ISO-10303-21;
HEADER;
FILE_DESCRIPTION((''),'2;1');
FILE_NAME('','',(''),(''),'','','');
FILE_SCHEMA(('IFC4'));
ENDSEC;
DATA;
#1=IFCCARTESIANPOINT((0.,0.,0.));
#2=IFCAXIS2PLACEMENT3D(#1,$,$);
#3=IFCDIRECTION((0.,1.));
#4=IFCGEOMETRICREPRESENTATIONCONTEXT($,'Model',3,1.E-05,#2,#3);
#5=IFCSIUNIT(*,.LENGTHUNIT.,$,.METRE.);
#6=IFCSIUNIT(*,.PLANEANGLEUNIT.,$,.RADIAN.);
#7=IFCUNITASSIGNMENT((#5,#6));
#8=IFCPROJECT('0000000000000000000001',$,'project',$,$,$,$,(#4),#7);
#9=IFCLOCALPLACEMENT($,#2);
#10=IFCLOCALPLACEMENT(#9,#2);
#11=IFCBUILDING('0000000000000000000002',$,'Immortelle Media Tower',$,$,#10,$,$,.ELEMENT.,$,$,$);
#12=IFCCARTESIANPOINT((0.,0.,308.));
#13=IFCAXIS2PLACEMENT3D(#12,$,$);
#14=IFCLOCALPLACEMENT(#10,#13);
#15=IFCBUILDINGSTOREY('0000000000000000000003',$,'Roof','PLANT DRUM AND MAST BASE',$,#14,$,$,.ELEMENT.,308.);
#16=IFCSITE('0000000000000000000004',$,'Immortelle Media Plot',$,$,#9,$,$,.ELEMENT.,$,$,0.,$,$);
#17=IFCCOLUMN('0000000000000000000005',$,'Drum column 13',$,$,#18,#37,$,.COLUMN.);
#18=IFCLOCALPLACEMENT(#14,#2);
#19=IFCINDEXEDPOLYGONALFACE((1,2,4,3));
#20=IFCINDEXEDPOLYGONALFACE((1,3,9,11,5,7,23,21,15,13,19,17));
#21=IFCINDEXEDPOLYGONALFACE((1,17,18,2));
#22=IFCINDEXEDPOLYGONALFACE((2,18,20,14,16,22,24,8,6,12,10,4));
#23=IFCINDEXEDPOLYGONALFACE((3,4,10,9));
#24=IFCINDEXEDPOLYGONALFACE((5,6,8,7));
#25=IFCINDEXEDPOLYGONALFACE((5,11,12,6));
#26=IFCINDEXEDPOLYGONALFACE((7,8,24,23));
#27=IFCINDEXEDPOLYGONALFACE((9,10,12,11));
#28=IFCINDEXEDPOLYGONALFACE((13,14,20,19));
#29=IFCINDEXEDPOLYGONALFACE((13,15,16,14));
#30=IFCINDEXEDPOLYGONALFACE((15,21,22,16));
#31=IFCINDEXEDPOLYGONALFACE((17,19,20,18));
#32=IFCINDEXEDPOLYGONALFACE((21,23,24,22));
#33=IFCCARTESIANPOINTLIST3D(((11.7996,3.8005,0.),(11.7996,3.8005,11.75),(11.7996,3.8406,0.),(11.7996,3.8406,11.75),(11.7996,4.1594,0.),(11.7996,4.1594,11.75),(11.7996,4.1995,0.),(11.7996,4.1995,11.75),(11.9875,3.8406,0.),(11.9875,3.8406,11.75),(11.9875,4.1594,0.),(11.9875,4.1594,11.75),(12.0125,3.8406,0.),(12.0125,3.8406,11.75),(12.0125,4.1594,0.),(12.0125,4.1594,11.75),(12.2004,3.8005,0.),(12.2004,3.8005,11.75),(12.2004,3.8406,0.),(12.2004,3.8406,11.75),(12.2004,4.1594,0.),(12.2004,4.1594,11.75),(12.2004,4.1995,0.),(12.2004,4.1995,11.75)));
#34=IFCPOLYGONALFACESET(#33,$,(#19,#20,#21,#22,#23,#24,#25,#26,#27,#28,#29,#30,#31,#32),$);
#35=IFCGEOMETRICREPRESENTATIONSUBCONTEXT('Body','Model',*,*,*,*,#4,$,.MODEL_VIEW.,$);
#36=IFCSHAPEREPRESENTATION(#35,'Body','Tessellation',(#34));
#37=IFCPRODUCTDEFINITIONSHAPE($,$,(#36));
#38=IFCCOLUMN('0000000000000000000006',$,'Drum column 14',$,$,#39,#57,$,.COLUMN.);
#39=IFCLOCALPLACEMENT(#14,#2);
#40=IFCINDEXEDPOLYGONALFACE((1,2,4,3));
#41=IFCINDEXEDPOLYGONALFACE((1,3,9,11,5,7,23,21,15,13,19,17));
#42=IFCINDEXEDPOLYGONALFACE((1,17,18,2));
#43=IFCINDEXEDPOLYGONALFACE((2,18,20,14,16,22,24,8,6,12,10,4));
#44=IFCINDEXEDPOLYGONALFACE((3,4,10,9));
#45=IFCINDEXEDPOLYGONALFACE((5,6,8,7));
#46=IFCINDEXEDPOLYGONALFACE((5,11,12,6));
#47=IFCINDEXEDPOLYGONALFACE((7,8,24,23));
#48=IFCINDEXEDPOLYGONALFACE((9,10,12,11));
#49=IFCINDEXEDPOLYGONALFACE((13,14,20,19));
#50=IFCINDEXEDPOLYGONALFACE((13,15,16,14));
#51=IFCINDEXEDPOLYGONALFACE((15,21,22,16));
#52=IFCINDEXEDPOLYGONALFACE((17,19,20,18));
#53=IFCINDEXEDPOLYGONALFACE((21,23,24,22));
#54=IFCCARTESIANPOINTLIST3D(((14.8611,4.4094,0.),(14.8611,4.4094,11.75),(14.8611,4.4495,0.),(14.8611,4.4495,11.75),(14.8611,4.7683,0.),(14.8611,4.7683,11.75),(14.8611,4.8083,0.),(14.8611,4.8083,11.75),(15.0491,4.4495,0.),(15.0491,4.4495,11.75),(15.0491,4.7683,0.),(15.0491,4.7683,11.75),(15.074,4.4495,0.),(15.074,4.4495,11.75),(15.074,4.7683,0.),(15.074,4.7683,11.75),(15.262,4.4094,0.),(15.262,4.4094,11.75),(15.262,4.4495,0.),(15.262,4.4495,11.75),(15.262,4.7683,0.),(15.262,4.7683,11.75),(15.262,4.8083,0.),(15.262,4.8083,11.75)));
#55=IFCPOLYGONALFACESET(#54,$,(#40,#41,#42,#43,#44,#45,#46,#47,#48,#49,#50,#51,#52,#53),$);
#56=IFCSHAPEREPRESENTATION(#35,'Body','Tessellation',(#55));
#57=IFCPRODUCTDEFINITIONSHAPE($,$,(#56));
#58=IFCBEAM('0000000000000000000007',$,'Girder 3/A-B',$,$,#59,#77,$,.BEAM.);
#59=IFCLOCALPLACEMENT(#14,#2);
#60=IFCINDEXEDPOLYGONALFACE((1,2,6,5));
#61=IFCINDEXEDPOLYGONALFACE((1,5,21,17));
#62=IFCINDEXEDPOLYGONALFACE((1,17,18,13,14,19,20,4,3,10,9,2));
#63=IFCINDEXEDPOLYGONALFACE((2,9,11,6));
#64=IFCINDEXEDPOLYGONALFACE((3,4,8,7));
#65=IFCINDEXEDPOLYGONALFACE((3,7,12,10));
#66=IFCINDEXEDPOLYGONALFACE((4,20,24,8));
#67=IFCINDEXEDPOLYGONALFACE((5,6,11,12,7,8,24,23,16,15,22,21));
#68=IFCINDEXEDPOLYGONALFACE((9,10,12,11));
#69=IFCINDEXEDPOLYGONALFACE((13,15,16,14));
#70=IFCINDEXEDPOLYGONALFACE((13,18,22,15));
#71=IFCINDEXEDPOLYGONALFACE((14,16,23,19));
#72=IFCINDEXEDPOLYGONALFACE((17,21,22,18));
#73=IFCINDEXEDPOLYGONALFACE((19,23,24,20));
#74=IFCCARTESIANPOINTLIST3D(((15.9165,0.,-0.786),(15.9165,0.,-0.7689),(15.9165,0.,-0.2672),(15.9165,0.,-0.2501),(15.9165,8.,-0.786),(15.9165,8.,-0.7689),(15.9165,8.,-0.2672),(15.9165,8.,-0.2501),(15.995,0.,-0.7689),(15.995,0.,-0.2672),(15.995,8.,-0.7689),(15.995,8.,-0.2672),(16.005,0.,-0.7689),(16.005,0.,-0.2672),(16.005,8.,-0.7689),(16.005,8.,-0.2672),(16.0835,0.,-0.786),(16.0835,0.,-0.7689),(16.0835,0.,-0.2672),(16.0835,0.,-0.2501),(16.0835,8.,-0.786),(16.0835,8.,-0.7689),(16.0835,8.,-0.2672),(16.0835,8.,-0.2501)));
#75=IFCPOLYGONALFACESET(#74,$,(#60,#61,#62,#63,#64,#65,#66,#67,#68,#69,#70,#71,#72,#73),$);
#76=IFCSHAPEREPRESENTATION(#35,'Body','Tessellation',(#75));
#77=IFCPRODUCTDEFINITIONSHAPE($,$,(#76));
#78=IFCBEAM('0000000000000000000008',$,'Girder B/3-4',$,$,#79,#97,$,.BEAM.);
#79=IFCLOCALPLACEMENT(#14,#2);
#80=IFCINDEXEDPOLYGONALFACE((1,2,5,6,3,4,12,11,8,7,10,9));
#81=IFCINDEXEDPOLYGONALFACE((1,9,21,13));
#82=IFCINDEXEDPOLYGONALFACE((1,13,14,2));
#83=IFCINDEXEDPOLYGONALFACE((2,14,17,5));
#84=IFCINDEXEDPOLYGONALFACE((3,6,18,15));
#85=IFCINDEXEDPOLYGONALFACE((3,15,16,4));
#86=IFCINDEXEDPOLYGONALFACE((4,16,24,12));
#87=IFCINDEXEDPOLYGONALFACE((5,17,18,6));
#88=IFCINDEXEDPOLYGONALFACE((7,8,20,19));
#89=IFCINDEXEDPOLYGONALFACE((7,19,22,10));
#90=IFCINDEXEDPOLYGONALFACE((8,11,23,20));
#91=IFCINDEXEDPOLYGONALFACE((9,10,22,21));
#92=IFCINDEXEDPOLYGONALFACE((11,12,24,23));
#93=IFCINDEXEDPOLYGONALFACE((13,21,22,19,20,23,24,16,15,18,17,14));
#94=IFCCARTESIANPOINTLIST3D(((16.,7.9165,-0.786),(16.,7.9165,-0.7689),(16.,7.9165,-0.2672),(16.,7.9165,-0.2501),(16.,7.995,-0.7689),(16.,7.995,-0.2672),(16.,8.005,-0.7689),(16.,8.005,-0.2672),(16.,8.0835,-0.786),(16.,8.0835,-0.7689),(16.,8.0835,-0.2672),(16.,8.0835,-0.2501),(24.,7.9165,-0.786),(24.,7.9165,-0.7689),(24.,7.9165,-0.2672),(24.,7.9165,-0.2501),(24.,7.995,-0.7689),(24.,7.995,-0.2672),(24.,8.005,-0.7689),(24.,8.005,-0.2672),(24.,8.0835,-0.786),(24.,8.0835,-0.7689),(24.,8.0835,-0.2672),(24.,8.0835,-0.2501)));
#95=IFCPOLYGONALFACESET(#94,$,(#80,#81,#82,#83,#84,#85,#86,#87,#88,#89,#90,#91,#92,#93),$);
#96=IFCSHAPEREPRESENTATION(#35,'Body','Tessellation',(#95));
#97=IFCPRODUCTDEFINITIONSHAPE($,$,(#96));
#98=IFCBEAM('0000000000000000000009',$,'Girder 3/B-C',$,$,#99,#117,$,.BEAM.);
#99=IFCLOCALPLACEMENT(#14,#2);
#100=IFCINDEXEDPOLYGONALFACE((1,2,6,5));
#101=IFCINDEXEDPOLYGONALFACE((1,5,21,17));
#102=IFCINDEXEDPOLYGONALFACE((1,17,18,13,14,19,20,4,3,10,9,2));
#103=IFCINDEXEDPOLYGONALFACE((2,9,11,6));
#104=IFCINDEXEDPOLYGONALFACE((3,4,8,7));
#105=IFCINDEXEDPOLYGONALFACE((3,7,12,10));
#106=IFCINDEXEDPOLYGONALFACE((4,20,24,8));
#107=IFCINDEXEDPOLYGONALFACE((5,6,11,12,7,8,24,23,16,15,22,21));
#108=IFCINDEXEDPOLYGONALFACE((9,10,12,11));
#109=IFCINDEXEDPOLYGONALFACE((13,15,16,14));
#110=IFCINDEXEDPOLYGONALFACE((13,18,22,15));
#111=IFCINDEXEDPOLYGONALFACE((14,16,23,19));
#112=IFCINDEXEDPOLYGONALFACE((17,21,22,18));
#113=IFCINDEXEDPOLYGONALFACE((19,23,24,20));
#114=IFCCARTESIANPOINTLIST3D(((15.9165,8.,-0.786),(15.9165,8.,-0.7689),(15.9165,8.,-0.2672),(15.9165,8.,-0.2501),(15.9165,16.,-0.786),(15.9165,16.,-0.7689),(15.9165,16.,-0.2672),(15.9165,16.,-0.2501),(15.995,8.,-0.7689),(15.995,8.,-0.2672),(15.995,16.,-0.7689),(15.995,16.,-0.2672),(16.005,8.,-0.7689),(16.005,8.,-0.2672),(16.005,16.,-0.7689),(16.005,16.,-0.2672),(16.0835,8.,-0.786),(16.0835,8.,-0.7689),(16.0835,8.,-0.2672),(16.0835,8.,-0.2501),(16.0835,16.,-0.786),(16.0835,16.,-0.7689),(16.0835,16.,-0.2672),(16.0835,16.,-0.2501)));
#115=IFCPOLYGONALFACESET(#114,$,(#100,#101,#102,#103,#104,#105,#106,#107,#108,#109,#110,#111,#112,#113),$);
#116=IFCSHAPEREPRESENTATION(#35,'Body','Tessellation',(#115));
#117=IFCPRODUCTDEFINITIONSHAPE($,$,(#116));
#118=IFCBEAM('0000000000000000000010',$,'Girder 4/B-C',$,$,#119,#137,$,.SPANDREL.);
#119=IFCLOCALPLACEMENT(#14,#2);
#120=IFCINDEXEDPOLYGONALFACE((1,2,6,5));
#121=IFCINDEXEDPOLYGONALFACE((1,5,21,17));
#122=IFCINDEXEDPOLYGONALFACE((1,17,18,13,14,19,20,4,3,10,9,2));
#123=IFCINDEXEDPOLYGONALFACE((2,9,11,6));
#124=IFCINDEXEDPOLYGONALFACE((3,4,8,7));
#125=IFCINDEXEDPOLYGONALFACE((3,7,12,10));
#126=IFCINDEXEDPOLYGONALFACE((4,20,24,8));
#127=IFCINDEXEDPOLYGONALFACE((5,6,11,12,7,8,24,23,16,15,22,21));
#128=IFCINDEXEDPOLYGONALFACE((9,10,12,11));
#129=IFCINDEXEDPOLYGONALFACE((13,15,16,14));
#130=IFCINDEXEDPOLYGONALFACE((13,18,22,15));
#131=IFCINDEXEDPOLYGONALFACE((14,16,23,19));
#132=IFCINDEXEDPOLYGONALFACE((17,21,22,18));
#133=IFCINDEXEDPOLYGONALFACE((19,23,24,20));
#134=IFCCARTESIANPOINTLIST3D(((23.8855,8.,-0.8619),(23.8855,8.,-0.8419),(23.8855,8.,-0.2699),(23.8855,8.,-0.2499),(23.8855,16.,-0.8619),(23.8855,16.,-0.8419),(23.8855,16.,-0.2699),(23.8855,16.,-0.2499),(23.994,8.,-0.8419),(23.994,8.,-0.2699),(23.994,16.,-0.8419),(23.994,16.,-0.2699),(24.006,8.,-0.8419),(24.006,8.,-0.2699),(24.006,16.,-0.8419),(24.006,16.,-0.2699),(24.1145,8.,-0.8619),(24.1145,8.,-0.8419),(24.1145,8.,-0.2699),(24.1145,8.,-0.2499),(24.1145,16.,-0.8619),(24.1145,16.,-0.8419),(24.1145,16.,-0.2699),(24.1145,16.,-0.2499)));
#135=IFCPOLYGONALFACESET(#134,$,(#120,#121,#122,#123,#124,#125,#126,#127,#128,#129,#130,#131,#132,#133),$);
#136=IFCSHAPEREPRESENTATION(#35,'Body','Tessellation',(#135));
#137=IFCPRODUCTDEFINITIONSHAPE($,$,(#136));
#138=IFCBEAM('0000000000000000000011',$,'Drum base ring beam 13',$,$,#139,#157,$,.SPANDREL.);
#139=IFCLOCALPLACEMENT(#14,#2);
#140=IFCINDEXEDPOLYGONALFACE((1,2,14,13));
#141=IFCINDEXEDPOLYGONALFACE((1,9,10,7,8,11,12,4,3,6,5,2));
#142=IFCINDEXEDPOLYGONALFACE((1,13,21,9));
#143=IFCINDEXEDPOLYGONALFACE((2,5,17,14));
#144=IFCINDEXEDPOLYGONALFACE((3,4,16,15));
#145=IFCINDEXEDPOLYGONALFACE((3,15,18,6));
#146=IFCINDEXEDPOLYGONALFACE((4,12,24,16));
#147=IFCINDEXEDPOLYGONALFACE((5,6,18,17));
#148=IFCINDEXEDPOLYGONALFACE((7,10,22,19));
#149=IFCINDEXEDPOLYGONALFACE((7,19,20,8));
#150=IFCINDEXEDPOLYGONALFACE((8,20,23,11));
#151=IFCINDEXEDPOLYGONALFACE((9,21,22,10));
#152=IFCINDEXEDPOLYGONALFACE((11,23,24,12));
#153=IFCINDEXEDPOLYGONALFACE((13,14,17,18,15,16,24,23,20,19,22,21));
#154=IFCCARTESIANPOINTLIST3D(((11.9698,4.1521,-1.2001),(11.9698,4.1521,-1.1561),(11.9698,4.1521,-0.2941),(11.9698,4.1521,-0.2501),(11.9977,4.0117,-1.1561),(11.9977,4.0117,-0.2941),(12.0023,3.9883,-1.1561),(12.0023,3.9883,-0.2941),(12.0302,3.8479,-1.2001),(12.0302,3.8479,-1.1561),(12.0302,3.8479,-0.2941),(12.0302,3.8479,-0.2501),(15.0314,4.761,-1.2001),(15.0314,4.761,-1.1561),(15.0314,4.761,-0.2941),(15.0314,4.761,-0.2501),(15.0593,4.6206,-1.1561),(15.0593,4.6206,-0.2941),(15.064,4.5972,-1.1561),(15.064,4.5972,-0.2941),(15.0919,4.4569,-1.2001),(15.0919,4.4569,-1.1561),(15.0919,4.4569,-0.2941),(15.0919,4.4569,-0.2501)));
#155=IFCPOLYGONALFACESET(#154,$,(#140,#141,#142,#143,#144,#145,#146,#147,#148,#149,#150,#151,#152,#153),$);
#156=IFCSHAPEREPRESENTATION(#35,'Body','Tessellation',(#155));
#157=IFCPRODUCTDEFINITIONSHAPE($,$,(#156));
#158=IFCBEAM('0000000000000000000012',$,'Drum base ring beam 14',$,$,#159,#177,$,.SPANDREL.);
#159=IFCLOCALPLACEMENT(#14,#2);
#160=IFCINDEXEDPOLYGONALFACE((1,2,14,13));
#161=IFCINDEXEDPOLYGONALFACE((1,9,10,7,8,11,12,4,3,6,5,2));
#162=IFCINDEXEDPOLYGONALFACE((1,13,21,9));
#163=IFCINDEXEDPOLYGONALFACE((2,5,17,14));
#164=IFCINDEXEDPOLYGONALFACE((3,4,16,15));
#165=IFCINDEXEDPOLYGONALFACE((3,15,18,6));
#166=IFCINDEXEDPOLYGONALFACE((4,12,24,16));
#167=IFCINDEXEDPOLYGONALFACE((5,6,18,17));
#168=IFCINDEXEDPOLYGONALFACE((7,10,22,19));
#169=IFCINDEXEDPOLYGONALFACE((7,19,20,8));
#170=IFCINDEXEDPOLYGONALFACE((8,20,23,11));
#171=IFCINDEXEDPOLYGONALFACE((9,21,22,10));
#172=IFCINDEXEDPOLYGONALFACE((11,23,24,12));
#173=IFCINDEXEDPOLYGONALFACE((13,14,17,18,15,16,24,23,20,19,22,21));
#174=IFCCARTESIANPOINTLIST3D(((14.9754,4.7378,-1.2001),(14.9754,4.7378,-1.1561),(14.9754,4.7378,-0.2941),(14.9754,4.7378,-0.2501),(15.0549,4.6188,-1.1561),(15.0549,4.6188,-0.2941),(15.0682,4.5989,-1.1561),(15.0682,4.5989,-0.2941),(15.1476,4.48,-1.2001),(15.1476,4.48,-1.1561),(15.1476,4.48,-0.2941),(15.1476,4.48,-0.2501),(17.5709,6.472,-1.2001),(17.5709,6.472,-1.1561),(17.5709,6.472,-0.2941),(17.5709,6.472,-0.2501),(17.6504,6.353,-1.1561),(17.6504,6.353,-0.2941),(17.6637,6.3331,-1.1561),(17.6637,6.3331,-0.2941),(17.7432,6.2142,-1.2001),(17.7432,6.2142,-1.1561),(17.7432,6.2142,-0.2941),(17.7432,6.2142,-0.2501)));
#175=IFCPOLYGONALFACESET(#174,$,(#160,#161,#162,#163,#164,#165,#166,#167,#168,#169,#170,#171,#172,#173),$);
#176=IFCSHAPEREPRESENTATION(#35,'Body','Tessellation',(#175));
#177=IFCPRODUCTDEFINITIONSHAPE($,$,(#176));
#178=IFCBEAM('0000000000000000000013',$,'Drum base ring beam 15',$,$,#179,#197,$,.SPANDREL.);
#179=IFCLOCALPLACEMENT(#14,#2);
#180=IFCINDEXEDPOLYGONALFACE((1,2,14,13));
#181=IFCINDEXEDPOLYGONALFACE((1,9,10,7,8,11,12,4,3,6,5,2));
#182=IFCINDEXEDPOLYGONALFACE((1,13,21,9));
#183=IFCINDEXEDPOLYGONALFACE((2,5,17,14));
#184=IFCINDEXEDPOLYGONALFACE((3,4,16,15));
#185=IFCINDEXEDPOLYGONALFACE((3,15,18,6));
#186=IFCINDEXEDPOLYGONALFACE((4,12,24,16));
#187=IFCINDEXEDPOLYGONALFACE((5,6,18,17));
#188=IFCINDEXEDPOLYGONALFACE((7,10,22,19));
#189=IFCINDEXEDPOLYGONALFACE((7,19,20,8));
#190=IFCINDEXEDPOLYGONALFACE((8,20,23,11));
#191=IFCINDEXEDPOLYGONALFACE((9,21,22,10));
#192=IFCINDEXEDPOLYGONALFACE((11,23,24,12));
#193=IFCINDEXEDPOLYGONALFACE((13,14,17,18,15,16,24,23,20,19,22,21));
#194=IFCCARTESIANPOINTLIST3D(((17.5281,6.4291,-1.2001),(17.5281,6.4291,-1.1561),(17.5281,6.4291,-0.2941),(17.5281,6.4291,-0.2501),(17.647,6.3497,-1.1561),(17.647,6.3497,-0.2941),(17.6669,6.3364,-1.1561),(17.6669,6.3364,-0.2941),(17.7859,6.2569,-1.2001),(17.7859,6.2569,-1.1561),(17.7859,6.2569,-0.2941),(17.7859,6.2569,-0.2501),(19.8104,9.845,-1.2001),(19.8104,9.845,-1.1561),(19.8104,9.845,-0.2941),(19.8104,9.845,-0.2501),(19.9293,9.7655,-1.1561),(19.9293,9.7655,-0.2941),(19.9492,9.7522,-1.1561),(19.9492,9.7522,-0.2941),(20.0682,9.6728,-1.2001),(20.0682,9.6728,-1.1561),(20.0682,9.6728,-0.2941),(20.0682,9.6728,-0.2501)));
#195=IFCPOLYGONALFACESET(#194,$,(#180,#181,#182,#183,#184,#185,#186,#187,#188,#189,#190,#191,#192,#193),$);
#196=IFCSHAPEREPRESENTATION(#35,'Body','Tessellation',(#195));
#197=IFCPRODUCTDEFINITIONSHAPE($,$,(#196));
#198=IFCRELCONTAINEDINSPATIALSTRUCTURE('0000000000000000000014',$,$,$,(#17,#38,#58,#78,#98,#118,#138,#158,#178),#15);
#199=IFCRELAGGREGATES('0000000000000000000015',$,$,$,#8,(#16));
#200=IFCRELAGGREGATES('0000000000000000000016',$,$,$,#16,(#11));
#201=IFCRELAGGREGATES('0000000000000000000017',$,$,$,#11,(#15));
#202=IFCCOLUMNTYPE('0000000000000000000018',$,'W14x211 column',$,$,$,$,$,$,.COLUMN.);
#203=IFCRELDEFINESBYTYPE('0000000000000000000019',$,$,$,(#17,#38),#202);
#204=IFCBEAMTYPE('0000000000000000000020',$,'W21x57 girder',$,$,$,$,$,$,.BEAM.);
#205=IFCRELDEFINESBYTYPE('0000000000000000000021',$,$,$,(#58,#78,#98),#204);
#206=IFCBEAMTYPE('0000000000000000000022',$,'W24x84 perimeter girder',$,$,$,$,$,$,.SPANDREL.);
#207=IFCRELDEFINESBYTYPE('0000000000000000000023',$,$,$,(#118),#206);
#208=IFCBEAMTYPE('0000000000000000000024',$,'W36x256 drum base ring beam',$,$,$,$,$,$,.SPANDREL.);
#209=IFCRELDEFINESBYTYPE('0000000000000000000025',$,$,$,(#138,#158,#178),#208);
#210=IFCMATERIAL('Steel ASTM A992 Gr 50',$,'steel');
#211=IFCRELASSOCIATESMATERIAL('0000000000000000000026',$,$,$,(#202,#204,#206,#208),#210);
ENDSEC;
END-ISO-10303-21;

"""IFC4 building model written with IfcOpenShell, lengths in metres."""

from ifc_helpers import new_model, si_unit, direction, frame, origin, origin_2d, place, context, subcontext, project, spatial, i_section, extrude, material, material_profile, profile_set, type_object, element, save


model = new_model("IFC4")

# Units and contexts
model_context = context("Model", 3, precision=1e-05, world=origin(), true_north=direction((0.0, 1.0)))
body_context = subcontext(model_context, "Body", "Model", "MODEL_VIEW")
ifc_project = project(units=[si_unit("LENGTHUNIT", "METRE"), si_unit("PLANEANGLEUNIT", "RADIAN")], contexts=[model_context])

# Site, building, storey
site_placement = place(None, origin())
site = spatial("IfcSite", under=ifc_project, at=site_placement, Name="Immortelle Media Plot", CompositionType="ELEMENT", RefElevation=0.0)
building_placement = place(site_placement, origin())
building = spatial("IfcBuilding", under=site, at=building_placement, Name="Immortelle Media Tower", CompositionType="ELEMENT")
storey_placement = place(building_placement, frame((0.0, 0.0, 308.0)))
storey = spatial("IfcBuildingStorey", under=building, at=storey_placement, Name="Roof", Description="PLANT DRUM AND MAST BASE", CompositionType="ELEMENT", Elevation=308.0)

# Columns
ifc_material_1 = material(Name="Steel ASTM A992 Gr 50", Category="steel")
ifc_material_profile_1 = material_profile(ifc_material_1, i_section(OverallWidth=0.4009, OverallDepth=0.3989, WebThickness=0.0249, FlangeThickness=0.04, at=origin_2d()), Name="W14x211")
ifc_profile_set_1 = profile_set([ifc_material_profile_1], Name="Steel ASTM A992 Gr 50")
column_type = type_object("IfcColumnType", Name="W14x211 column", PredefinedType="COLUMN", material=ifc_profile_set_1)
for number, where, z_axis, x_axis, name in (
    (1, (12.0, 4.0, 0.0), (0.0, 0.0, 1.0), (1.0, 0.0, 0.0), "Drum column 13"),
    (2, (15.0615, 4.6089, 0.0), (0.0, 0.0, 1.0), (1.0, 0.0, 0.0), "Drum column 14"),
):
    element("IfcColumn", number, at=place(storey_placement, frame(where, z_axis=z_axis, x_axis=x_axis)), inside=storey, type_object=column_type, Name=name, PredefinedType="COLUMN", context=body_context, shape_type="SweptSolid", body=[
        extrude(i_section(OverallWidth=0.4009, OverallDepth=0.3989, WebThickness=0.0249, FlangeThickness=0.04, at=origin_2d()), origin(), (0.0, 0.0, 1.0), 11.75),
    ])

# Beams
ifc_material_profile_2 = material_profile(ifc_material_1, i_section(OverallWidth=0.167, OverallDepth=0.5359, WebThickness=0.01, FlangeThickness=0.0171, at=origin_2d()), Name="W21x57")
ifc_profile_set_2 = profile_set([ifc_material_profile_2], Name="Steel ASTM A992 Gr 50")
beam_type_1 = type_object("IfcBeamType", Name="W21x57 girder", PredefinedType="BEAM", material=ifc_profile_set_2)
for number, where, z_axis, x_axis, name in (
    (3, (16.0, 0.0, -0.5181), (0.0, 1.0, 0.0), (-1.0, 0.0, 0.0), "Girder 3/A-B"),
    (4, (16.0, 8.0, -0.5181), (1.0, 0.0, 0.0), (0.0, 1.0, 0.0), "Girder B/3-4"),
    (5, (16.0, 8.0, -0.5181), (0.0, 1.0, 0.0), (-1.0, 0.0, 0.0), "Girder 3/B-C"),
):
    element("IfcBeam", number, at=place(storey_placement, frame(where, z_axis=z_axis, x_axis=x_axis)), inside=storey, type_object=beam_type_1, Name=name, PredefinedType="BEAM", context=body_context, shape_type="SweptSolid", body=[
        extrude(i_section(OverallWidth=0.167, OverallDepth=0.5359, WebThickness=0.01, FlangeThickness=0.0171, at=origin_2d()), origin(), (0.0, 0.0, 1.0), 8.0),
    ])
ifc_material_profile_3 = material_profile(ifc_material_1, i_section(OverallWidth=0.229, OverallDepth=0.6121, WebThickness=0.012, FlangeThickness=0.02, at=origin_2d()), Name="W24x84")
ifc_profile_set_3 = profile_set([ifc_material_profile_3], Name="Steel ASTM A992 Gr 50")
beam_type_2 = type_object("IfcBeamType", Name="W24x84 perimeter girder", PredefinedType="SPANDREL", material=ifc_profile_set_3)
beam_1_placement = place(storey_placement, frame((24.0, 8.0, -0.5559), z_axis=(0.0, 1.0, 0.0), x_axis=(-1.0, 0.0, 0.0)))
element("IfcBeam", 6, at=beam_1_placement, inside=storey, type_object=beam_type_2, Name="Girder 4/B-C", PredefinedType="SPANDREL", context=body_context, shape_type="SweptSolid", body=[
    extrude(i_section(OverallWidth=0.229, OverallDepth=0.6121, WebThickness=0.012, FlangeThickness=0.02, at=origin_2d()), origin(), (0.0, 0.0, 1.0), 8.0),
])
ifc_material_profile_4 = material_profile(ifc_material_1, i_section(OverallWidth=0.3101, OverallDepth=0.95, WebThickness=0.0239, FlangeThickness=0.0439, at=origin_2d()), Name="W36x256")
ifc_profile_set_4 = profile_set([ifc_material_profile_4], Name="Steel ASTM A992 Gr 50")
beam_type_3 = type_object("IfcBeamType", Name="W36x256 drum base ring beam", PredefinedType="SPANDREL", material=ifc_profile_set_4)
for number, where, z_axis, x_axis, name in (
    (7, (12.0, 4.0, -0.7251), (0.980791, 0.195063, 0.0), (-0.195063, 0.980791, 0.0), "Drum base ring beam 13"),
    (8, (15.0615, 4.6089, -0.7251), (0.831484, 0.555548, 0.0), (-0.555548, 0.831484, 0.0), "Drum base ring beam 14"),
):
    element("IfcBeam", number, at=place(storey_placement, frame(where, z_axis=z_axis, x_axis=x_axis)), inside=storey, type_object=beam_type_3, Name=name, PredefinedType="SPANDREL", context=body_context, shape_type="SweptSolid", body=[
        extrude(i_section(OverallWidth=0.3101, OverallDepth=0.95, WebThickness=0.0239, FlangeThickness=0.0439, at=origin_2d()), origin(), (0.0, 0.0, 1.0), 3.1216),
    ])
beam_2_placement = place(storey_placement, frame((17.657, 6.343, -0.7251), z_axis=(0.55555, 0.831483, 0.0), x_axis=(-0.831483, 0.55555, 0.0)))
element("IfcBeam", 9, at=beam_2_placement, inside=storey, type_object=beam_type_3, Name="Drum base ring beam 15", PredefinedType="SPANDREL", context=body_context, shape_type="SweptSolid", body=[
    extrude(i_section(OverallWidth=0.3101, OverallDepth=0.95, WebThickness=0.0239, FlangeThickness=0.0439, at=origin_2d()), origin(), (0.0, 0.0, 1.0), 4.1082),
])

save(model, "model.ifc")
